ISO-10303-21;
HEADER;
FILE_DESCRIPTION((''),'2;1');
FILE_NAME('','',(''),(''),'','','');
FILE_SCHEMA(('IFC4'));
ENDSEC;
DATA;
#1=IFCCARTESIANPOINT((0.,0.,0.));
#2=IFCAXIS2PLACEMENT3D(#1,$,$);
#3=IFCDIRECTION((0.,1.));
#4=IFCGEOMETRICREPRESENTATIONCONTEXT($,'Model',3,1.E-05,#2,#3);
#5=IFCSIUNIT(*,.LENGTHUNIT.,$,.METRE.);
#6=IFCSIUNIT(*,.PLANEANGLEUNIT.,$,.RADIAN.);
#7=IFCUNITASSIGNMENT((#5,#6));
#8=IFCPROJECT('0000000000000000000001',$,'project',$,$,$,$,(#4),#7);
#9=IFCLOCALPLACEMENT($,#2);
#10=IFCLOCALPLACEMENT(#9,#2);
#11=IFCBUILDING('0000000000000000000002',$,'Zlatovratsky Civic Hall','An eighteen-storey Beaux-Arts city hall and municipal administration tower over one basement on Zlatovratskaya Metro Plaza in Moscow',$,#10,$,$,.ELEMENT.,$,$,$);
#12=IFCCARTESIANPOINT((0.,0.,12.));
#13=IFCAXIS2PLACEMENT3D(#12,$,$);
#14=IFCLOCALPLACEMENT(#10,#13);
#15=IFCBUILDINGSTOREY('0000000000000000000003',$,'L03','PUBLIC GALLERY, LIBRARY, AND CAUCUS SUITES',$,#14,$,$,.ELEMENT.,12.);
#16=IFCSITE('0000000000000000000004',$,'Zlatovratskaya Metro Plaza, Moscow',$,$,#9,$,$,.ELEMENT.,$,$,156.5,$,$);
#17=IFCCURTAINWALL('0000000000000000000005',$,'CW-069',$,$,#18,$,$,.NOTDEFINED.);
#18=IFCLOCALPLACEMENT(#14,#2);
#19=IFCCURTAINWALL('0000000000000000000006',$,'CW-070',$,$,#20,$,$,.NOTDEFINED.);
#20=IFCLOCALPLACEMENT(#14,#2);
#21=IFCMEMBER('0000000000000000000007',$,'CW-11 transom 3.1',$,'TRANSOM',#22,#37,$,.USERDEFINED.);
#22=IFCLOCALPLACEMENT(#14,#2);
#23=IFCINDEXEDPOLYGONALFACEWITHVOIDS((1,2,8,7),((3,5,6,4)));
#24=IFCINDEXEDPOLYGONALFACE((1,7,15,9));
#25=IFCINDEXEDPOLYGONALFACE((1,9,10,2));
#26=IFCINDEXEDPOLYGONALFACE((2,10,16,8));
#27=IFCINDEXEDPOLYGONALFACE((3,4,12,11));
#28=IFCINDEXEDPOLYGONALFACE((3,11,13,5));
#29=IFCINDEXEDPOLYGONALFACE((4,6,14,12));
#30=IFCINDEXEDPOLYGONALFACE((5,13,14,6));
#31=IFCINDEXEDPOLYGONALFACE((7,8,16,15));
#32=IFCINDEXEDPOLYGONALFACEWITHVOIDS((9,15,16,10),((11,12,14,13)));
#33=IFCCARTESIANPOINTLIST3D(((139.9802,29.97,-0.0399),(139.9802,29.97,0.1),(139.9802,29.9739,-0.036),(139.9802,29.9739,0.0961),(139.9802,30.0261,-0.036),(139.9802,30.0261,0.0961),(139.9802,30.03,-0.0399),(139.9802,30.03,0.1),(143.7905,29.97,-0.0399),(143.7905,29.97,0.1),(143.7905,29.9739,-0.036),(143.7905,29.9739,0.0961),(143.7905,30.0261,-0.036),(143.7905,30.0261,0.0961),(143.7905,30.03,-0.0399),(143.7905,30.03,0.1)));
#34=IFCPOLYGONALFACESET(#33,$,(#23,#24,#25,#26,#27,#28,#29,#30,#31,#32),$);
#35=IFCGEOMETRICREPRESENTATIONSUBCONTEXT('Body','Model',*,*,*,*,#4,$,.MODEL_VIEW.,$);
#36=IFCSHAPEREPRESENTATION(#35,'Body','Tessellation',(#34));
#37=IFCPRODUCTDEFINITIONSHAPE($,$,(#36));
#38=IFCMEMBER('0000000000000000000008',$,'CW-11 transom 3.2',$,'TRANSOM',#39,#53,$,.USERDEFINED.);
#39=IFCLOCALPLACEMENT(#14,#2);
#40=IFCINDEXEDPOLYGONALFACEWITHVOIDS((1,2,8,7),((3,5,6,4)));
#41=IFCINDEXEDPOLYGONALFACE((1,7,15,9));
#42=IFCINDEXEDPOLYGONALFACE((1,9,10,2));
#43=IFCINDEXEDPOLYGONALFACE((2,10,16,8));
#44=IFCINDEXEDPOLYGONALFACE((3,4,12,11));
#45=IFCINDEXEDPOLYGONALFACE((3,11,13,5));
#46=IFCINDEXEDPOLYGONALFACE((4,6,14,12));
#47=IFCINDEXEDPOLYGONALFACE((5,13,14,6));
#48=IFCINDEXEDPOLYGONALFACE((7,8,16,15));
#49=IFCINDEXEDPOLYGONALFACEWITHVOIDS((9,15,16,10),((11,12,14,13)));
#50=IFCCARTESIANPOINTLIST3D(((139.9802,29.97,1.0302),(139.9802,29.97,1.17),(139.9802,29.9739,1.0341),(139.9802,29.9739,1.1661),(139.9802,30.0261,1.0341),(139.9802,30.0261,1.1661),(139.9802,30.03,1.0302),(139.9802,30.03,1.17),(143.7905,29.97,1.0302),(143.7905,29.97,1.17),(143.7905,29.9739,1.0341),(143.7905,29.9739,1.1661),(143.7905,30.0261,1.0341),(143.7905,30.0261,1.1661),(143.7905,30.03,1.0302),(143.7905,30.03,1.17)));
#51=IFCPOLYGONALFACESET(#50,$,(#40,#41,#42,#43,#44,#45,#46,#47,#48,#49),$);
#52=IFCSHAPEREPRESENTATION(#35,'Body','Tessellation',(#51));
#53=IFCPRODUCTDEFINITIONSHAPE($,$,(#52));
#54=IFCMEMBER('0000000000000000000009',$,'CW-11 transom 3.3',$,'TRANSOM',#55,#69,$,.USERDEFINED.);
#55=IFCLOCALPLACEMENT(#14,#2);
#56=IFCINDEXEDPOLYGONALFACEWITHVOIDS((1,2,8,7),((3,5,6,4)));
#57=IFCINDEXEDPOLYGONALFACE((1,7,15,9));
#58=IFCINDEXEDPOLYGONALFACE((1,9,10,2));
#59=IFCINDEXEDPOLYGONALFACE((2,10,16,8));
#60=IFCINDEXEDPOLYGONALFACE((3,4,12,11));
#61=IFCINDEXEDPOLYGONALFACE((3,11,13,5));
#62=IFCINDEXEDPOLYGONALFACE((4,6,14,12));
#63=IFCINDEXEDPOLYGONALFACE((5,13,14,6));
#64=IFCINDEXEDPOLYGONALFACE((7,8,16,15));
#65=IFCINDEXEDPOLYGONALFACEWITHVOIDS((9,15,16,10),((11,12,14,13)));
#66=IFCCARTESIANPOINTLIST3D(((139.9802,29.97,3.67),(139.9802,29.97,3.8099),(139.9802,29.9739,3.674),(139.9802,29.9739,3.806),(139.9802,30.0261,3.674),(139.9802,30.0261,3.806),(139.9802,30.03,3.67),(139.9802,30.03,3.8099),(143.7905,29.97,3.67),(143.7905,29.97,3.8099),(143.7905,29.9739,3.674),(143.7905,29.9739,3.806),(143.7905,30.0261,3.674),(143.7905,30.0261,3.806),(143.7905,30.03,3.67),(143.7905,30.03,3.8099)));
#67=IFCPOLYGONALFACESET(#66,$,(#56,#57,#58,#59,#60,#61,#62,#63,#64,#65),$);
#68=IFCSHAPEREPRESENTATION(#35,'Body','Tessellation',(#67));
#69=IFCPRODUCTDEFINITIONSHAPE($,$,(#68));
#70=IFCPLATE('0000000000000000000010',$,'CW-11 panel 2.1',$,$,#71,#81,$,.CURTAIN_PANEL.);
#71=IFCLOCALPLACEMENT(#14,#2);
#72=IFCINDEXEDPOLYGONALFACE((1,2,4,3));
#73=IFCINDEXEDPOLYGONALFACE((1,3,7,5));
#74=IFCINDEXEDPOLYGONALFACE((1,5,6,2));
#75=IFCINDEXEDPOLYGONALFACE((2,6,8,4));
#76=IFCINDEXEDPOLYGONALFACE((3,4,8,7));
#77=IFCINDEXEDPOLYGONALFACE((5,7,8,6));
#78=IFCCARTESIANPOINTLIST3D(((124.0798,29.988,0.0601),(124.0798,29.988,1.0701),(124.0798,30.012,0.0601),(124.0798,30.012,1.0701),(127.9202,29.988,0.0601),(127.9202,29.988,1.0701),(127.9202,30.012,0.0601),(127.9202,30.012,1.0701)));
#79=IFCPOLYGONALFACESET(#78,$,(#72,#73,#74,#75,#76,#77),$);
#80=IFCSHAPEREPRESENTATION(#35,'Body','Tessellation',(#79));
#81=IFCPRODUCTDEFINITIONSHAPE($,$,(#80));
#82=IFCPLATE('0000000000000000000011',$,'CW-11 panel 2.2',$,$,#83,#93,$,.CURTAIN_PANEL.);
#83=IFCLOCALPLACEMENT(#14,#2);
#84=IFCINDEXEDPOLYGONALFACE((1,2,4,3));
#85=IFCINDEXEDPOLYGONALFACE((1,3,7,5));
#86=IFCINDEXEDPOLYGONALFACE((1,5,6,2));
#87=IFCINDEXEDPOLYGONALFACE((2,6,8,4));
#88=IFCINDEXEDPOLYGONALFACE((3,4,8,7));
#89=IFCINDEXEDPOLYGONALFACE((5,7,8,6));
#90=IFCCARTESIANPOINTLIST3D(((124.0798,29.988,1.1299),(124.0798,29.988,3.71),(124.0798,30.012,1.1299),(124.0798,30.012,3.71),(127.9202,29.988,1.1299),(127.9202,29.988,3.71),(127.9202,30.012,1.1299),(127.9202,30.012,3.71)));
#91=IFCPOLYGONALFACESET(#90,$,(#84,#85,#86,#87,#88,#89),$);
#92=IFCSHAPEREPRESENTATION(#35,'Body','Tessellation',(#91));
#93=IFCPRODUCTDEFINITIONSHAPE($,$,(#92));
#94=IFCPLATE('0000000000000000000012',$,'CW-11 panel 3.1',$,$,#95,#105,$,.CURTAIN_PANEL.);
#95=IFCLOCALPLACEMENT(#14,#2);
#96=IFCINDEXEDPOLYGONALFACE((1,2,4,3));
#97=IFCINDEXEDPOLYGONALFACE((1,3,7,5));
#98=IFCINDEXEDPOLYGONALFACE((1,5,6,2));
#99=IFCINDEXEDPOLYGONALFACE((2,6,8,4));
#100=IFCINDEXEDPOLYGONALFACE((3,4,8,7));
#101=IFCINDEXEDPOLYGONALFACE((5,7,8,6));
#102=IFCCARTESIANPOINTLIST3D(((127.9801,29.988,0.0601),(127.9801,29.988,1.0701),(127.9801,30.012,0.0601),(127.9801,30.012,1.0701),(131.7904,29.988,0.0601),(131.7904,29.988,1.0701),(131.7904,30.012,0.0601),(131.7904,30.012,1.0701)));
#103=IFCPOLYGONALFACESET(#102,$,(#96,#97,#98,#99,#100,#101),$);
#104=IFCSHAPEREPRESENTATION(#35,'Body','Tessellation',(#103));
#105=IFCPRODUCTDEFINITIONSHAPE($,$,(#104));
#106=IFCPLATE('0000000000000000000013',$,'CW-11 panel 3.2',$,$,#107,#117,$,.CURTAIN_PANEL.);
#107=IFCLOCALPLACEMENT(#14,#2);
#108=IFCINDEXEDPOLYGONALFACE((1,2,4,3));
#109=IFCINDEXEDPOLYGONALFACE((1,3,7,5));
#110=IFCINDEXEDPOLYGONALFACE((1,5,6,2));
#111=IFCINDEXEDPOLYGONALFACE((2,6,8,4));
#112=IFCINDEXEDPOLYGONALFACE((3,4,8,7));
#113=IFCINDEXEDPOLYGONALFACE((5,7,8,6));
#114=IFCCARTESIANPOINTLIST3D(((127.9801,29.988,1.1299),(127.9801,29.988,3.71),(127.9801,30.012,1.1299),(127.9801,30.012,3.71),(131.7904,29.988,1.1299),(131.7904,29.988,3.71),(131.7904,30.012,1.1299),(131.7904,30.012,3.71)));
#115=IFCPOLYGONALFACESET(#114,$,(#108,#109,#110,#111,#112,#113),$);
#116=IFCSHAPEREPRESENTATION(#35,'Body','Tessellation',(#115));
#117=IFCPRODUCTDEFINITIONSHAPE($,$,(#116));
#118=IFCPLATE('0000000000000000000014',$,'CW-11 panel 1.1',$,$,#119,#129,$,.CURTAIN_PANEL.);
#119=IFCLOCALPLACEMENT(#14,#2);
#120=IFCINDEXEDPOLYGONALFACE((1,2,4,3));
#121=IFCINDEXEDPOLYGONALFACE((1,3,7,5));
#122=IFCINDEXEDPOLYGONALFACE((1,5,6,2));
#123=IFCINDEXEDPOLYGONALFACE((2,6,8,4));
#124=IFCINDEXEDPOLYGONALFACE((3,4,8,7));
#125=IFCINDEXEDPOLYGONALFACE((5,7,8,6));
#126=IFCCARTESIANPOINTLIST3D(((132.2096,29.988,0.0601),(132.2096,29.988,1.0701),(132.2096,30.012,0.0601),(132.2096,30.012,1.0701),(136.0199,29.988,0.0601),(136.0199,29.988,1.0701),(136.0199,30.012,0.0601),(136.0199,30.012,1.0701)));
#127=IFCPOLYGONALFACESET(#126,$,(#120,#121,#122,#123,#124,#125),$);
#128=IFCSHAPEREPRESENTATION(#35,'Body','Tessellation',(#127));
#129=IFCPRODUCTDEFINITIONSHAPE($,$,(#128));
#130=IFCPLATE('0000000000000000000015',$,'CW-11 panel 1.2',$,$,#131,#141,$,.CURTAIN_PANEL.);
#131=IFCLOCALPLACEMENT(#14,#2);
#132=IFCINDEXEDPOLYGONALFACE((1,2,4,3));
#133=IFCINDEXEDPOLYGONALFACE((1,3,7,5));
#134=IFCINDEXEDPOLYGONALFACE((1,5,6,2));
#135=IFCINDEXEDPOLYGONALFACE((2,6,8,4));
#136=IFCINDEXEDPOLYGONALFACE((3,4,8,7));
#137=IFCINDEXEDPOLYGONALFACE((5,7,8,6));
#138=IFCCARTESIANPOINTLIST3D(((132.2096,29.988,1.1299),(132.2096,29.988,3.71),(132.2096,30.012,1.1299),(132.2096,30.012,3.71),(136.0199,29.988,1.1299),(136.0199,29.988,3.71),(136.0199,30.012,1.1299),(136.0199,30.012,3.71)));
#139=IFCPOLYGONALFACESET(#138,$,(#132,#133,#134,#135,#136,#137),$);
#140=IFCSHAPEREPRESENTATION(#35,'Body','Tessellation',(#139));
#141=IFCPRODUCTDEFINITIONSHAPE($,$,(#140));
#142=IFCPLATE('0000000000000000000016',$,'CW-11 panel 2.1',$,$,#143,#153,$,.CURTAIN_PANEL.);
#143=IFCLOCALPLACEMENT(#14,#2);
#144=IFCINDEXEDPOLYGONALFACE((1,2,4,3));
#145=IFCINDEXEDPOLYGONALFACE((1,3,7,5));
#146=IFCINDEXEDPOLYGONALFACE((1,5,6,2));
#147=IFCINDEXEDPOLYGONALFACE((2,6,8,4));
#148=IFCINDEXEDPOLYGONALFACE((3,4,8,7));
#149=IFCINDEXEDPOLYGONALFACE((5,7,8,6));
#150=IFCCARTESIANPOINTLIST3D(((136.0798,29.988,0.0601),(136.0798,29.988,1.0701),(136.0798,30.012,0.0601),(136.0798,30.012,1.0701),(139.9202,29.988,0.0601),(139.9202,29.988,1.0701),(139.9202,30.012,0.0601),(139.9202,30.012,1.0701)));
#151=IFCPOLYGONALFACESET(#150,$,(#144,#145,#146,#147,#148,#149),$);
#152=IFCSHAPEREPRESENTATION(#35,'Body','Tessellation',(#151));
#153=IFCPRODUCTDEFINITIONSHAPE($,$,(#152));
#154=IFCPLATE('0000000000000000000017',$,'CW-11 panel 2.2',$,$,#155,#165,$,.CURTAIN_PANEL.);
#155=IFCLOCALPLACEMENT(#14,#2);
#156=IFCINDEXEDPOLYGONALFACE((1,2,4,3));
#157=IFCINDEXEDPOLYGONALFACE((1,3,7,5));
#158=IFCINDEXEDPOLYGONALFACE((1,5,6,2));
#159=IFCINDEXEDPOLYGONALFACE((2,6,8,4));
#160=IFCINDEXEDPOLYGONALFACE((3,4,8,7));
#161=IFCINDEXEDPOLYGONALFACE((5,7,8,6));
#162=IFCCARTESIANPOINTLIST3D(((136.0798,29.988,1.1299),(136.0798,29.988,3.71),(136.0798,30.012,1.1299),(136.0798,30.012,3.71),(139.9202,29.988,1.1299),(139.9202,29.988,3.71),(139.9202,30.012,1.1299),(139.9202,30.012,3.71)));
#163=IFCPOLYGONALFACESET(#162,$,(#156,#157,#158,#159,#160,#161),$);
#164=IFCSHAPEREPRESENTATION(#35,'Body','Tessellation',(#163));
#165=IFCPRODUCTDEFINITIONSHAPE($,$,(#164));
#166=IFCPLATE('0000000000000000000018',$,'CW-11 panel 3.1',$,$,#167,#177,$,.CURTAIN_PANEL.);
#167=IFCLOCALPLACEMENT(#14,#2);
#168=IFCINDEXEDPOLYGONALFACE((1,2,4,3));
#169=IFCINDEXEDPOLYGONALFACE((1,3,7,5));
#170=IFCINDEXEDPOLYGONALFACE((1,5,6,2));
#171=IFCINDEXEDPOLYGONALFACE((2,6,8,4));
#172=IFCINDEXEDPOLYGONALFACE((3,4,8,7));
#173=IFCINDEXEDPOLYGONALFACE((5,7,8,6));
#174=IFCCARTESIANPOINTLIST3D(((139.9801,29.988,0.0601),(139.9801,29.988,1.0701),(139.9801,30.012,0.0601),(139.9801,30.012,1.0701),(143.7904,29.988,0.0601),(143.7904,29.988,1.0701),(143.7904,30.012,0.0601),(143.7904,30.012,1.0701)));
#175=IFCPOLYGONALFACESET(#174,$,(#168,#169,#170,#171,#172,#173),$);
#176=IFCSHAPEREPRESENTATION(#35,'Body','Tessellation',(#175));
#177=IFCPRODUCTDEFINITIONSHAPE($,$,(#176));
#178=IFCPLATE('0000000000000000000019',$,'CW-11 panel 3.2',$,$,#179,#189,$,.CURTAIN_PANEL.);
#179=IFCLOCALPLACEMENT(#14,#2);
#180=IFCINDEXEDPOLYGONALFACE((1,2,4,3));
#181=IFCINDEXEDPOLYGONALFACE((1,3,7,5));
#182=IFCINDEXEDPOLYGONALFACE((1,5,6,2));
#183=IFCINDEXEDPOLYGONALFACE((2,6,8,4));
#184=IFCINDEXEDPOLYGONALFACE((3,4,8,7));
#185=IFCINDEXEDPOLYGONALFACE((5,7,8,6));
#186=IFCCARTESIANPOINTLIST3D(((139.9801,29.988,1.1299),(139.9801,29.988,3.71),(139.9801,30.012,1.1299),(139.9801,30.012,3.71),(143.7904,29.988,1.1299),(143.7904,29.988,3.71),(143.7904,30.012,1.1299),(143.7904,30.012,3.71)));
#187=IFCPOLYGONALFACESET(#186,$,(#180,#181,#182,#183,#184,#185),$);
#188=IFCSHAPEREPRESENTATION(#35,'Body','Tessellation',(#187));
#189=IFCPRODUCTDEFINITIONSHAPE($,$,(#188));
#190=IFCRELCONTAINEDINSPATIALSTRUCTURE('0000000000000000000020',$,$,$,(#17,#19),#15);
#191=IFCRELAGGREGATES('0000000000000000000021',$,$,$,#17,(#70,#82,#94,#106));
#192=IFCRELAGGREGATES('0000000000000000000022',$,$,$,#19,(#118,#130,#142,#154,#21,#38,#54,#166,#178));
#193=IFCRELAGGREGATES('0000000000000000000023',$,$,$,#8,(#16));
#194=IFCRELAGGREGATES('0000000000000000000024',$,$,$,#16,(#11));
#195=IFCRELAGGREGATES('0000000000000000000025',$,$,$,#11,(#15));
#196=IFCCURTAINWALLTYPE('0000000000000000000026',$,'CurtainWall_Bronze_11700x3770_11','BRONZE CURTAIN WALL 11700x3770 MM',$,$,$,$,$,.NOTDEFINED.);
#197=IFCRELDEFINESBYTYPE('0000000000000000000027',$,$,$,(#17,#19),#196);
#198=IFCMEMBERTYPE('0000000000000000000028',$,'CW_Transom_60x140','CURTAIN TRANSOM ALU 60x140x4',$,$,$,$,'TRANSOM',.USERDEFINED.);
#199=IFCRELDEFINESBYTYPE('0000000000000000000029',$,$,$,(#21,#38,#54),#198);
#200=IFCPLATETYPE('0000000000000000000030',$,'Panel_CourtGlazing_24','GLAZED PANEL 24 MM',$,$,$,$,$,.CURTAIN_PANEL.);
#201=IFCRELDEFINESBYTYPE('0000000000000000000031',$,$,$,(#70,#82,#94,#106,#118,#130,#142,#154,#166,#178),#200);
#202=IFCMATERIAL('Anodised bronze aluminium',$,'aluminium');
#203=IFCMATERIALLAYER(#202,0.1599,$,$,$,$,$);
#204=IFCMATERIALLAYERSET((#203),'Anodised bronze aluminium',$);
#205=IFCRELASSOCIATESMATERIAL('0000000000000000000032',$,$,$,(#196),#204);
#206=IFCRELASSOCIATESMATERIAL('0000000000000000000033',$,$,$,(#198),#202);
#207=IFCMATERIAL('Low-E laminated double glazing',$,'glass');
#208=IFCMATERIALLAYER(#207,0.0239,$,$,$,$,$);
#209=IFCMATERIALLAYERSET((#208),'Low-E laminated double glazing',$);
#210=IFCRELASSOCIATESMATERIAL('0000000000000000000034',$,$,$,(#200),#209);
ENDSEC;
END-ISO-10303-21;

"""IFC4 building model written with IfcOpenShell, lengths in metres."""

from ifc_helpers import new_model, si_unit, direction, frame, origin, origin_2d, place, context, subcontext, project, spatial, rectangle, hollow_rectangle, extrude, material, layer, layer_set, material_profile, profile_set, type_object, element, aggregate, save


model = new_model("IFC4")

# Units and contexts
model_context = context("Model", 3, precision=1e-05, world=origin(), true_north=direction((0.0, 1.0)))
body_context = subcontext(model_context, "Body", "Model", "MODEL_VIEW")
ifc_project = project(units=[si_unit("LENGTHUNIT", "METRE"), si_unit("PLANEANGLEUNIT", "RADIAN")], contexts=[model_context])

# Site, building, storey
site_placement = place(None, origin())
site = spatial("IfcSite", under=ifc_project, at=site_placement, Name="Zlatovratskaya Metro Plaza, Moscow", CompositionType="ELEMENT", RefElevation=156.5)
building_placement = place(site_placement, origin())
building = spatial("IfcBuilding", under=site, at=building_placement, Name="Zlatovratsky Civic Hall", Description="An eighteen-storey Beaux-Arts city hall and municipal administration tower over one basement on Zlatovratskaya Metro Plaza in Moscow", CompositionType="ELEMENT")
storey_placement = place(building_placement, frame((0.0, 0.0, 12.0)))
storey = spatial("IfcBuildingStorey", under=building, at=storey_placement, Name="L03", Description="PUBLIC GALLERY, LIBRARY, AND CAUCUS SUITES", CompositionType="ELEMENT", Elevation=12.0)

# Curtain walls
ifc_material_1 = material(Name="Anodised bronze aluminium", Category="aluminium")
ifc_layer_1 = layer(ifc_material_1, 0.1599)
ifc_layer_set_1 = layer_set([ifc_layer_1], Name="Anodised bronze aluminium")
curtain_wall_type = type_object("IfcCurtainWallType", Name="CurtainWall_Bronze_11700x3770_11", Description="BRONZE CURTAIN WALL 11700x3770 MM", PredefinedType="NOTDEFINED", material=ifc_layer_set_1)
curtain_wall_1_placement = place(storey_placement, origin())
curtain_wall_1 = element("IfcCurtainWall", 1, at=curtain_wall_1_placement, inside=storey, type_object=curtain_wall_type, Name="CW-069", PredefinedType="NOTDEFINED")
curtain_wall_2_placement = place(storey_placement, origin())
curtain_wall_2 = element("IfcCurtainWall", 2, at=curtain_wall_2_placement, inside=storey, type_object=curtain_wall_type, Name="CW-070", PredefinedType="NOTDEFINED")

# Members
ifc_material_profile_1 = material_profile(ifc_material_1, hollow_rectangle(XDim=0.0601, YDim=0.1399, WallThickness=0.0039, at=origin_2d()), Name="ALU 60x140x4")
ifc_profile_set_1 = profile_set([ifc_material_profile_1], Name="Anodised bronze aluminium")
member_type_1 = type_object("IfcMemberType", Name="CW_Transom_60x140", Description="CURTAIN TRANSOM ALU 60x140x4", ElementType="TRANSOM", PredefinedType="USERDEFINED", material=ifc_profile_set_1)
member_1_placement = place(storey_placement, frame((139.9802, 30.0, 0.03), z_axis=(1.0, 0.0, 0.0), x_axis=(0.0, 1.0, 0.0)))
member_1 = element("IfcMember", 3, at=member_1_placement, type_object=member_type_1, Name="CW-11 transom 3.1", ObjectType="TRANSOM", PredefinedType="USERDEFINED", context=body_context, shape_type="SweptSolid", body=[
    extrude(hollow_rectangle(XDim=0.0601, YDim=0.1399, WallThickness=0.0039, at=origin_2d()), origin(), (0.0, 0.0, 1.0), 3.8103),
])
member_2_placement = place(storey_placement, frame((139.9802, 30.0, 1.1001), z_axis=(1.0, 0.0, 0.0), x_axis=(0.0, 1.0, 0.0)))
member_2 = element("IfcMember", 4, at=member_2_placement, type_object=member_type_1, Name="CW-11 transom 3.2", ObjectType="TRANSOM", PredefinedType="USERDEFINED", context=body_context, shape_type="SweptSolid", body=[
    extrude(hollow_rectangle(XDim=0.0601, YDim=0.1399, WallThickness=0.0039, at=origin_2d()), origin(), (0.0, 0.0, 1.0), 3.8103),
])
member_3_placement = place(storey_placement, frame((139.9802, 30.0, 3.74), z_axis=(1.0, 0.0, 0.0), x_axis=(0.0, 1.0, 0.0)))
member_3 = element("IfcMember", 5, at=member_3_placement, type_object=member_type_1, Name="CW-11 transom 3.3", ObjectType="TRANSOM", PredefinedType="USERDEFINED", context=body_context, shape_type="SweptSolid", body=[
    extrude(hollow_rectangle(XDim=0.0601, YDim=0.1399, WallThickness=0.0039, at=origin_2d()), origin(), (0.0, 0.0, 1.0), 3.8103),
])

# Plates
ifc_material_2 = material(Name="Low-E laminated double glazing", Category="glass")
ifc_layer_2 = layer(ifc_material_2, 0.0239)
ifc_layer_set_2 = layer_set([ifc_layer_2], Name="Low-E laminated double glazing")
plate_type = type_object("IfcPlateType", Name="Panel_CourtGlazing_24", Description="GLAZED PANEL 24 MM", PredefinedType="CURTAIN_PANEL", material=ifc_layer_set_2)
plate_1_placement = place(storey_placement, frame((126.0, 30.0, 0.0601), z_axis=(0.0, 0.0, 1.0), x_axis=(1.0, 0.0, 0.0)))
plate_1 = element("IfcPlate", 6, at=plate_1_placement, type_object=plate_type, Name="CW-11 panel 2.1", PredefinedType="CURTAIN_PANEL", context=body_context, shape_type="SweptSolid", body=[
    extrude(rectangle(XDim=3.8403, YDim=0.0239, at=origin_2d()), origin(), (0.0, 0.0, 1.0), 1.01),
])
plate_2_placement = place(storey_placement, frame((126.0, 30.0, 1.1299), z_axis=(0.0, 0.0, 1.0), x_axis=(1.0, 0.0, 0.0)))
plate_2 = element("IfcPlate", 7, at=plate_2_placement, type_object=plate_type, Name="CW-11 panel 2.2", PredefinedType="CURTAIN_PANEL", context=body_context, shape_type="SweptSolid", body=[
    extrude(rectangle(XDim=3.8403, YDim=0.0239, at=origin_2d()), origin(), (0.0, 0.0, 1.0), 2.5801),
])
plate_3_placement = place(storey_placement, frame((129.8853, 30.0, 0.0601), z_axis=(0.0, 0.0, 1.0), x_axis=(1.0, 0.0, 0.0)))
plate_3 = element("IfcPlate", 8, at=plate_3_placement, type_object=plate_type, Name="CW-11 panel 3.1", PredefinedType="CURTAIN_PANEL", context=body_context, shape_type="SweptSolid", body=[
    extrude(rectangle(XDim=3.8103, YDim=0.0239, at=origin_2d()), origin(), (0.0, 0.0, 1.0), 1.01),
])
plate_4_placement = place(storey_placement, frame((129.8853, 30.0, 1.1299), z_axis=(0.0, 0.0, 1.0), x_axis=(1.0, 0.0, 0.0)))
plate_4 = element("IfcPlate", 9, at=plate_4_placement, type_object=plate_type, Name="CW-11 panel 3.2", PredefinedType="CURTAIN_PANEL", context=body_context, shape_type="SweptSolid", body=[
    extrude(rectangle(XDim=3.8103, YDim=0.0239, at=origin_2d()), origin(), (0.0, 0.0, 1.0), 2.5801),
])
aggregate(curtain_wall_1, [plate_1, plate_2, plate_3, plate_4])
plate_5_placement = place(storey_placement, frame((134.1147, 30.0, 0.0601), z_axis=(0.0, 0.0, 1.0), x_axis=(1.0, 0.0, 0.0)))
plate_5 = element("IfcPlate", 10, at=plate_5_placement, type_object=plate_type, Name="CW-11 panel 1.1", PredefinedType="CURTAIN_PANEL", context=body_context, shape_type="SweptSolid", body=[
    extrude(rectangle(XDim=3.8103, YDim=0.0239, at=origin_2d()), origin(), (0.0, 0.0, 1.0), 1.01),
])
plate_6_placement = place(storey_placement, frame((134.1147, 30.0, 1.1299), z_axis=(0.0, 0.0, 1.0), x_axis=(1.0, 0.0, 0.0)))
plate_6 = element("IfcPlate", 11, at=plate_6_placement, type_object=plate_type, Name="CW-11 panel 1.2", PredefinedType="CURTAIN_PANEL", context=body_context, shape_type="SweptSolid", body=[
    extrude(rectangle(XDim=3.8103, YDim=0.0239, at=origin_2d()), origin(), (0.0, 0.0, 1.0), 2.5801),
])
plate_7_placement = place(storey_placement, frame((138.0, 30.0, 0.0601), z_axis=(0.0, 0.0, 1.0), x_axis=(1.0, 0.0, 0.0)))
plate_7 = element("IfcPlate", 12, at=plate_7_placement, type_object=plate_type, Name="CW-11 panel 2.1", PredefinedType="CURTAIN_PANEL", context=body_context, shape_type="SweptSolid", body=[
    extrude(rectangle(XDim=3.8403, YDim=0.0239, at=origin_2d()), origin(), (0.0, 0.0, 1.0), 1.01),
])
plate_8_placement = place(storey_placement, frame((138.0, 30.0, 1.1299), z_axis=(0.0, 0.0, 1.0), x_axis=(1.0, 0.0, 0.0)))
plate_8 = element("IfcPlate", 13, at=plate_8_placement, type_object=plate_type, Name="CW-11 panel 2.2", PredefinedType="CURTAIN_PANEL", context=body_context, shape_type="SweptSolid", body=[
    extrude(rectangle(XDim=3.8403, YDim=0.0239, at=origin_2d()), origin(), (0.0, 0.0, 1.0), 2.5801),
])
plate_9_placement = place(storey_placement, frame((141.8853, 30.0, 0.0601), z_axis=(0.0, 0.0, 1.0), x_axis=(1.0, 0.0, 0.0)))
plate_9 = element("IfcPlate", 14, at=plate_9_placement, type_object=plate_type, Name="CW-11 panel 3.1", PredefinedType="CURTAIN_PANEL", context=body_context, shape_type="SweptSolid", body=[
    extrude(rectangle(XDim=3.8103, YDim=0.0239, at=origin_2d()), origin(), (0.0, 0.0, 1.0), 1.01),
])
plate_10_placement = place(storey_placement, frame((141.8853, 30.0, 1.1299), z_axis=(0.0, 0.0, 1.0), x_axis=(1.0, 0.0, 0.0)))
plate_10 = element("IfcPlate", 15, at=plate_10_placement, type_object=plate_type, Name="CW-11 panel 3.2", PredefinedType="CURTAIN_PANEL", context=body_context, shape_type="SweptSolid", body=[
    extrude(rectangle(XDim=3.8103, YDim=0.0239, at=origin_2d()), origin(), (0.0, 0.0, 1.0), 2.5801),
])
aggregate(curtain_wall_2, [plate_5, plate_6, plate_7, plate_8, member_1, member_2, member_3, plate_9, plate_10])

save(model, "model.ifc")
